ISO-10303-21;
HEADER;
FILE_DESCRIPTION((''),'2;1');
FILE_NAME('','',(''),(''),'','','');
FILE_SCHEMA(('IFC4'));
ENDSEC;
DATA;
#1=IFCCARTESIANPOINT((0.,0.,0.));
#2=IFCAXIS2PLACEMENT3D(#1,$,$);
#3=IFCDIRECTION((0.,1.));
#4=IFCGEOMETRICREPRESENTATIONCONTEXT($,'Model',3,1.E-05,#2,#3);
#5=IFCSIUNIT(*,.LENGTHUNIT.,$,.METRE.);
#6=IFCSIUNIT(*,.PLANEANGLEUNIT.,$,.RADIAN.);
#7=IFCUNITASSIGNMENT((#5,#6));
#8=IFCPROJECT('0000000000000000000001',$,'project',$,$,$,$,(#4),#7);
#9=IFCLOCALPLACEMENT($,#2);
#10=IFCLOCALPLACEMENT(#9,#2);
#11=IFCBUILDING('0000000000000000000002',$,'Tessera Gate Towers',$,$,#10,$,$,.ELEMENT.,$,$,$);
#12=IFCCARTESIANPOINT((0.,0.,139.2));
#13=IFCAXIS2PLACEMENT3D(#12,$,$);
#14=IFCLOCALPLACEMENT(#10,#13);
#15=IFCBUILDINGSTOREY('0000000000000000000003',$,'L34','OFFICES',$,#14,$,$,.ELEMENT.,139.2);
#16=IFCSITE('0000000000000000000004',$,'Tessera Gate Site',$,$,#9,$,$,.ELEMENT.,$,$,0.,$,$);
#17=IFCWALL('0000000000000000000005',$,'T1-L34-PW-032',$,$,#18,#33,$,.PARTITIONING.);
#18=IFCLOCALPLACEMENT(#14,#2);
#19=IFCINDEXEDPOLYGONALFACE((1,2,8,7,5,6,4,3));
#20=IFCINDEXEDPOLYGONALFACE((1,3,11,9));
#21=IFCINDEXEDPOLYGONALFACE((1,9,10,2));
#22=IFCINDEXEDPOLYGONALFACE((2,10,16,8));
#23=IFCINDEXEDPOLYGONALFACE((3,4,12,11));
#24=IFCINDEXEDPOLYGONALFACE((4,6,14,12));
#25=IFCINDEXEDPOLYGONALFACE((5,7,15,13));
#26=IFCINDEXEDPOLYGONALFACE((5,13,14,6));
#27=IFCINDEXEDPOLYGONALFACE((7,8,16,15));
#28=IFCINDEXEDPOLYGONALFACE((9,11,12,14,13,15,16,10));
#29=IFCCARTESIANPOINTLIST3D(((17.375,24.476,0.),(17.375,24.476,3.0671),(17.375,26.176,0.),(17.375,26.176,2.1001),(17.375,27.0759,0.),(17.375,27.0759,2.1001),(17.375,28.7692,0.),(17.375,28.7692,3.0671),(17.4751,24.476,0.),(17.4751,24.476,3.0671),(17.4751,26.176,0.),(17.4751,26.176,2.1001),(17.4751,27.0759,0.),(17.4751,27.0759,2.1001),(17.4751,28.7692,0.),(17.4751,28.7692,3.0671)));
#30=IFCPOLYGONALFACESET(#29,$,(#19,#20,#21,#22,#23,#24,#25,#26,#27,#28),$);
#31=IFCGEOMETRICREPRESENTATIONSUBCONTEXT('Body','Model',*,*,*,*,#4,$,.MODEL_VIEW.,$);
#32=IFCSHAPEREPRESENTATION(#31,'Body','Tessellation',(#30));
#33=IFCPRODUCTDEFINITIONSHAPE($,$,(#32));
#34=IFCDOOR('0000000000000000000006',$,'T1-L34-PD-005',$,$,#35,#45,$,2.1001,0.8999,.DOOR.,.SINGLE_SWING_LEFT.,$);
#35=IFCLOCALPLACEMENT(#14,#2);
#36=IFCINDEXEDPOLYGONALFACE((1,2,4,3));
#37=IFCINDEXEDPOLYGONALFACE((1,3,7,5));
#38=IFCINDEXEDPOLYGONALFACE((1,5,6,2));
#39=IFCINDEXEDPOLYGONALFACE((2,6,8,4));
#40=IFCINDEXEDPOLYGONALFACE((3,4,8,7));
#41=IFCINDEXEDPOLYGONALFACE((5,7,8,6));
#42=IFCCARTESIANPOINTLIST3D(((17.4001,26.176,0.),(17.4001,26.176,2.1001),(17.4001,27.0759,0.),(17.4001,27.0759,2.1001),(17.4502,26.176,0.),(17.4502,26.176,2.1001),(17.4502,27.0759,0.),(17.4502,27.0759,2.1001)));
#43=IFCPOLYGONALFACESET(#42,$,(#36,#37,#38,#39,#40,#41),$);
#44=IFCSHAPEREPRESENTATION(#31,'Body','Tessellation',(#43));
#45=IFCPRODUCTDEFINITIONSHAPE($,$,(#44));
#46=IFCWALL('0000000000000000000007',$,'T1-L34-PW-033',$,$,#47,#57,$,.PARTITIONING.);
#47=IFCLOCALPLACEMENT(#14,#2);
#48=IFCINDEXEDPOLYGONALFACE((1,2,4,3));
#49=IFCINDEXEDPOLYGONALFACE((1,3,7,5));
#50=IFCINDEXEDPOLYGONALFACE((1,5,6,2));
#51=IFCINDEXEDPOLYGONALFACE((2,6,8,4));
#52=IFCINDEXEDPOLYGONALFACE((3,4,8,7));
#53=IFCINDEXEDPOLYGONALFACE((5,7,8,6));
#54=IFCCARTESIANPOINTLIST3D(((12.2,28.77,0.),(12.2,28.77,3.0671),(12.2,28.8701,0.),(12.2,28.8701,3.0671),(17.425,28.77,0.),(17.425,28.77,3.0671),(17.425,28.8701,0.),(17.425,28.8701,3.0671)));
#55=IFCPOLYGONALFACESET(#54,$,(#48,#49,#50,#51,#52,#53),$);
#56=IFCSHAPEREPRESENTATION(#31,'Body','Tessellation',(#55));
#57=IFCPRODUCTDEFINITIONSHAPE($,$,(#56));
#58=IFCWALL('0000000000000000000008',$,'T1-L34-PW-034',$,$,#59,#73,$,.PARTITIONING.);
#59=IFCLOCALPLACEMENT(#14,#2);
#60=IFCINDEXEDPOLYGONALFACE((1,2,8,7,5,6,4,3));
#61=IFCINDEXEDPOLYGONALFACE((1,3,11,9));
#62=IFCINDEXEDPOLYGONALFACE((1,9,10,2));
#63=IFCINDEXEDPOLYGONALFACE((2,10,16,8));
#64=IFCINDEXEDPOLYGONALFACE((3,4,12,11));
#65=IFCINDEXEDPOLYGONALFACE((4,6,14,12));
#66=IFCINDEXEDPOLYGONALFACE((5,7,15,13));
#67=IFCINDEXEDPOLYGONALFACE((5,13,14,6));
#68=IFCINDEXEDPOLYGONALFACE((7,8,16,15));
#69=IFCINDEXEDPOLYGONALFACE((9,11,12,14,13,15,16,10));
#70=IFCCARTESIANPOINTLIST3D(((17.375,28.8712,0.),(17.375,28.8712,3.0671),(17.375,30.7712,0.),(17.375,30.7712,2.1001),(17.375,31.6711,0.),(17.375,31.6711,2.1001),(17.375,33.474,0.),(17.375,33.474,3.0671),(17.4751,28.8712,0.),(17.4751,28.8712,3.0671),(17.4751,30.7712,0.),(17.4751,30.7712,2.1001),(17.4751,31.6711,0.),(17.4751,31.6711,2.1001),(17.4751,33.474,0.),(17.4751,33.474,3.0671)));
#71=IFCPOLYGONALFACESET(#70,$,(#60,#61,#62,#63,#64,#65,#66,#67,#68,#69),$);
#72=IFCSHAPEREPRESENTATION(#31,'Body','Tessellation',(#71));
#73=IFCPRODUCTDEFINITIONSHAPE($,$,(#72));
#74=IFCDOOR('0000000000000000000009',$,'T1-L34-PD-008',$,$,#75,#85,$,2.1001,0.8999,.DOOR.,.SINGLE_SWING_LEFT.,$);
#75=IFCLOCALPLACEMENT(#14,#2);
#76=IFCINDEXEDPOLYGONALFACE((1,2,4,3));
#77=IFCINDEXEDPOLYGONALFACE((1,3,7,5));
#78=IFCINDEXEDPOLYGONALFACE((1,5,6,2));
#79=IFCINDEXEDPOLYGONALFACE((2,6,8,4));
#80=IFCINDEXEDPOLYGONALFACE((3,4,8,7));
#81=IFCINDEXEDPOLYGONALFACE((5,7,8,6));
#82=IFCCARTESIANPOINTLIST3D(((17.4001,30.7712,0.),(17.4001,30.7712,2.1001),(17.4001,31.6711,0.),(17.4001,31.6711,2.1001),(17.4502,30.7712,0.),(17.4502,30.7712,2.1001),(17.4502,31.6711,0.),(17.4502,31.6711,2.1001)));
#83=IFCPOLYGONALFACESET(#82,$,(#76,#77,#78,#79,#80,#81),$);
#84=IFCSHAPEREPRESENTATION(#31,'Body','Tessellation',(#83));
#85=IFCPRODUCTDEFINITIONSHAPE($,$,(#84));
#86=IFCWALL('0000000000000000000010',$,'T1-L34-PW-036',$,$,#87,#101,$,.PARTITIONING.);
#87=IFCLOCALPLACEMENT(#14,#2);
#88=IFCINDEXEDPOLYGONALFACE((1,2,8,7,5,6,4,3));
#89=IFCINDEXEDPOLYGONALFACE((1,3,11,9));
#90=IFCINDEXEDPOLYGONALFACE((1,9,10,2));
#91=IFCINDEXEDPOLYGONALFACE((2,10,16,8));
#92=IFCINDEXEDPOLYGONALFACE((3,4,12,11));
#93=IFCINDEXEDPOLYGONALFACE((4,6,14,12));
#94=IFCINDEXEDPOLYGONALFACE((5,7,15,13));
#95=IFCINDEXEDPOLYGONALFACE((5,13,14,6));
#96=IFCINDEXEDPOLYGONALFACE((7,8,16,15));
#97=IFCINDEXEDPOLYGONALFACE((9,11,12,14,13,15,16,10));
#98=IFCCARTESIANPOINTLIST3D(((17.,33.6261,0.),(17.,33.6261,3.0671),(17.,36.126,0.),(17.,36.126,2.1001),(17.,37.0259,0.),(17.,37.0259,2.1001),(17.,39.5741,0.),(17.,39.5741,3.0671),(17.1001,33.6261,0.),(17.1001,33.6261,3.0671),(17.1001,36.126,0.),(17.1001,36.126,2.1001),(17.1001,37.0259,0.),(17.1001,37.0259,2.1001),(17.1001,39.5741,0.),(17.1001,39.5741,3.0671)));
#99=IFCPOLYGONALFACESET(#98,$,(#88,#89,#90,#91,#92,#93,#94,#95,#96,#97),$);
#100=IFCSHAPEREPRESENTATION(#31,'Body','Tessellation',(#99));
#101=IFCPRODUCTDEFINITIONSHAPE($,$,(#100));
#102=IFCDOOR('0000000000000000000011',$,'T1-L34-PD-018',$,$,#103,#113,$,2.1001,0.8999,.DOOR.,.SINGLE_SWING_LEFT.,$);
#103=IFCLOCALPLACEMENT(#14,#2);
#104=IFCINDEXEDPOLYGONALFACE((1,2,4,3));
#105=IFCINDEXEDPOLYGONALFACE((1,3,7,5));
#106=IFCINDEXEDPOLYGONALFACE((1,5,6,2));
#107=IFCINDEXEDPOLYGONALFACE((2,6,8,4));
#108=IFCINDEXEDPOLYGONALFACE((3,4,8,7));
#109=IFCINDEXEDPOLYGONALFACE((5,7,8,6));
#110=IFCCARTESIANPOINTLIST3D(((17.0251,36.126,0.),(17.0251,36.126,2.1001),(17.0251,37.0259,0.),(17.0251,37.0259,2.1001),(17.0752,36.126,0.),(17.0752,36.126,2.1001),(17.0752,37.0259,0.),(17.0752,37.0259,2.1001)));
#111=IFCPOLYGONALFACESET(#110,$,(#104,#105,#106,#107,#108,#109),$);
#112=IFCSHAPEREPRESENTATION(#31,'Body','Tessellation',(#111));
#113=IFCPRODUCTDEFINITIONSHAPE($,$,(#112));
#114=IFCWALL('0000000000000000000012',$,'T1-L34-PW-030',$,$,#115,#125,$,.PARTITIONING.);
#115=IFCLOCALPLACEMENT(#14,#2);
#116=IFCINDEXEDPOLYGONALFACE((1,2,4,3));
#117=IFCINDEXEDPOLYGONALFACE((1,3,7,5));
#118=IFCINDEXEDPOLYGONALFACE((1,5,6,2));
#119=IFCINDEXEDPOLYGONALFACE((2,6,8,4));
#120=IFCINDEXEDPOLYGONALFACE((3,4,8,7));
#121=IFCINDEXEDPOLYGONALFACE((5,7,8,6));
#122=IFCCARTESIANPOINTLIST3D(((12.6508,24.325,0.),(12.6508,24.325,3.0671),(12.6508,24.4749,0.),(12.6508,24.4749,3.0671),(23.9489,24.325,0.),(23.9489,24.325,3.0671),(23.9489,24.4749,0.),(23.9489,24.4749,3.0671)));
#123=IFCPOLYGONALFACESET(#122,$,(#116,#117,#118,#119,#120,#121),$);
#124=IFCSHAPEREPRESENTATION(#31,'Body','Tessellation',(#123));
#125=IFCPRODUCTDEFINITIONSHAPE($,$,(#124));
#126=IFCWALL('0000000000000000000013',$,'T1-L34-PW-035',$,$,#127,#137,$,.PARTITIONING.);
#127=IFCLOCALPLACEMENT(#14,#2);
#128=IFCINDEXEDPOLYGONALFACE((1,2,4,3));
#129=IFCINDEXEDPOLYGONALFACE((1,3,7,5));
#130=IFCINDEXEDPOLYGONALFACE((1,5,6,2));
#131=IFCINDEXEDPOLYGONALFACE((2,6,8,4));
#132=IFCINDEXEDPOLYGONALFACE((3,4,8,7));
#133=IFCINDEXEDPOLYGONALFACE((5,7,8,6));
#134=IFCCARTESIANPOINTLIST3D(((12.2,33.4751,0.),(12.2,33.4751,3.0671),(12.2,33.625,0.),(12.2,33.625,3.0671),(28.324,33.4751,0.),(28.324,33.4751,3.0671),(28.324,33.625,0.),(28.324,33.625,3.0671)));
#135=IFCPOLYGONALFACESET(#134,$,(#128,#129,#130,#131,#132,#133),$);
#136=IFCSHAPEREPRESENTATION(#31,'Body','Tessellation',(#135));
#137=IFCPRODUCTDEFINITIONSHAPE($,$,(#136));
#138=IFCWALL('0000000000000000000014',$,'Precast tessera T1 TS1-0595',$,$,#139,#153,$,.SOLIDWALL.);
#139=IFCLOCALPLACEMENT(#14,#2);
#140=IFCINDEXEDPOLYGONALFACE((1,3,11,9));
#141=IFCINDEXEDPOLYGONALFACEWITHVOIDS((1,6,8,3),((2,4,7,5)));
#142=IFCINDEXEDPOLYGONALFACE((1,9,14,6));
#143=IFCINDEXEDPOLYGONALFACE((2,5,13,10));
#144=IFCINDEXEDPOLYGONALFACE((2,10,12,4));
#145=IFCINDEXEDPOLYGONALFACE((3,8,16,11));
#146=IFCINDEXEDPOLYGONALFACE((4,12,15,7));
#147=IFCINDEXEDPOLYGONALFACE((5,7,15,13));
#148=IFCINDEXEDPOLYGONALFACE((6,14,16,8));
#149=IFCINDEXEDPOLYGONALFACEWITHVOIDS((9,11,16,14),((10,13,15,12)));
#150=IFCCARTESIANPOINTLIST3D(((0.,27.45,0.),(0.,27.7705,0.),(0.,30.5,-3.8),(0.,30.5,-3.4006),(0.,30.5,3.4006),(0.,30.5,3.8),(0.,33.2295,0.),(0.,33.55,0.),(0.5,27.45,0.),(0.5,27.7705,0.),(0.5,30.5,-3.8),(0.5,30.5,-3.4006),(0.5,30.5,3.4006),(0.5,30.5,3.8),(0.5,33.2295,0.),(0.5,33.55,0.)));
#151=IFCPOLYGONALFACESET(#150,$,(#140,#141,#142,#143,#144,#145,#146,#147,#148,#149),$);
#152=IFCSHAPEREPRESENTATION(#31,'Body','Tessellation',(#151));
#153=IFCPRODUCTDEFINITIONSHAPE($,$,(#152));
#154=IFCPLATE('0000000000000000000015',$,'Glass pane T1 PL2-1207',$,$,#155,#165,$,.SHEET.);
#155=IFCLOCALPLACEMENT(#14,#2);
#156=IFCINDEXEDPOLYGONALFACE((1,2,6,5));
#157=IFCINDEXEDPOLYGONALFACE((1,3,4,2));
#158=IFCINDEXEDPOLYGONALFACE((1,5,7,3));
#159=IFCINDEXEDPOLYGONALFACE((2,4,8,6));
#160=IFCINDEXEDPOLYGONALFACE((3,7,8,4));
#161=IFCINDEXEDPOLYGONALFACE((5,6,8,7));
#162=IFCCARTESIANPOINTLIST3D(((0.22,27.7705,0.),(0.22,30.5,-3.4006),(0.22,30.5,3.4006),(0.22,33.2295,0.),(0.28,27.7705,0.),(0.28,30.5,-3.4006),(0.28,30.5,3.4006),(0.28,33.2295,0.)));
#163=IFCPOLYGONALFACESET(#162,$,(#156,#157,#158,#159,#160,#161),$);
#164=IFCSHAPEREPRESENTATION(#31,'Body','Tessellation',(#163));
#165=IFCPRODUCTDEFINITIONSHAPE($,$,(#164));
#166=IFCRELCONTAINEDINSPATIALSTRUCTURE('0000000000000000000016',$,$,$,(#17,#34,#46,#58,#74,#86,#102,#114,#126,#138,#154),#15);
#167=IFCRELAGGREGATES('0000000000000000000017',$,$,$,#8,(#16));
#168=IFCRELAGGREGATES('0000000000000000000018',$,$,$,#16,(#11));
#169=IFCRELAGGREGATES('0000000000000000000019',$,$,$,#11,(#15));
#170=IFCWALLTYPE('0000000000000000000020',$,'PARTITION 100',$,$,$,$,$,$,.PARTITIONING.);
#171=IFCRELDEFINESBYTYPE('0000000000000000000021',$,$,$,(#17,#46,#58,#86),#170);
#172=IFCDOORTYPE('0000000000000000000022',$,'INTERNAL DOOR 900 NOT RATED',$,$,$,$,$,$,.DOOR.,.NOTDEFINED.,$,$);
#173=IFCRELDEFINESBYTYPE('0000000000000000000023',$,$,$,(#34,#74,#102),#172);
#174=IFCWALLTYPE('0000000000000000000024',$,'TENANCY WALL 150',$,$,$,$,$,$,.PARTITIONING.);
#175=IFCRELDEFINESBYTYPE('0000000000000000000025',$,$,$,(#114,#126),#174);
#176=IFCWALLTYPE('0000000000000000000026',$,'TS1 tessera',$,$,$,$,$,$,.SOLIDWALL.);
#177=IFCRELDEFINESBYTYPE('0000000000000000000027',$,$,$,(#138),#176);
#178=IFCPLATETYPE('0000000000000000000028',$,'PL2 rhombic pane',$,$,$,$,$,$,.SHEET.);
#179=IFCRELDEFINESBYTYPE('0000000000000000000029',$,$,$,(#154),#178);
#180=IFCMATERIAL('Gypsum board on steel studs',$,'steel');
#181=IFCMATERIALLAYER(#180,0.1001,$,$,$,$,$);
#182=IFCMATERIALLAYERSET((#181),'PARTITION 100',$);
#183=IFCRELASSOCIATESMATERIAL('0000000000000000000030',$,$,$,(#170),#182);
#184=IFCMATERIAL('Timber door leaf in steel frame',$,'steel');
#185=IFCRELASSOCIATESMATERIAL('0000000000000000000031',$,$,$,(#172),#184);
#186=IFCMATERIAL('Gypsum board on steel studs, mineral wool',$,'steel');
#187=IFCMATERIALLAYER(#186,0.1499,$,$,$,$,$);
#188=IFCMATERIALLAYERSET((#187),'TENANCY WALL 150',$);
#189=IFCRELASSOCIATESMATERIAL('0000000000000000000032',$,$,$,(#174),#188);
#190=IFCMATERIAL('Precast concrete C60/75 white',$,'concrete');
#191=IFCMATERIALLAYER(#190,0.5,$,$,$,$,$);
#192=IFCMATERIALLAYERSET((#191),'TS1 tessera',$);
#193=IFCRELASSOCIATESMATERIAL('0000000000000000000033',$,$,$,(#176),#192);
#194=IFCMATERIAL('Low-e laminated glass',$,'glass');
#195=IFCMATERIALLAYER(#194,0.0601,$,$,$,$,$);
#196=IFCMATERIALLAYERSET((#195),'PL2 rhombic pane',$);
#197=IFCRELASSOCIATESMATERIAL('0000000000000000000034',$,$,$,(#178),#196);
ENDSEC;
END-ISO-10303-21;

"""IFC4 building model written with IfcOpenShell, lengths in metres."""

from ifc_helpers import new_model, si_unit, direction, frame, frame_2d, origin, place, context, subcontext, project, spatial, polyline, rectangle, outline, extrude, source, transform, mapped, material, layer, layer_set, type_object, element, fill, save


model = new_model("IFC4")

# Units and contexts
model_context = context("Model", 3, precision=1e-05, world=origin(), true_north=direction((0.0, 1.0)))
body_context = subcontext(model_context, "Body", "Model", "MODEL_VIEW")
ifc_project = project(units=[si_unit("LENGTHUNIT", "METRE"), si_unit("PLANEANGLEUNIT", "RADIAN")], contexts=[model_context])

# Site, building, storey
site_placement = place(None, origin())
site = spatial("IfcSite", under=ifc_project, at=site_placement, Name="Tessera Gate Site", CompositionType="ELEMENT", RefElevation=0.0)
building_placement = place(site_placement, origin())
building = spatial("IfcBuilding", under=site, at=building_placement, Name="Tessera Gate Towers", CompositionType="ELEMENT")
storey_placement = place(building_placement, frame((0.0, 0.0, 139.2)))
storey = spatial("IfcBuildingStorey", under=building, at=storey_placement, Name="L34", Description="OFFICES", CompositionType="ELEMENT", Elevation=139.2)

# Wall, opening, door
shared_shape_1 = source(origin(), body_context, "Body", "SweptSolid", [
    extrude(rectangle(XDim=0.8999, YDim=2.1001, at=frame_2d((0.45, 1.05))), frame((0.0, 0.0601, 0.0), z_axis=(0.0, -1.0, 0.0), x_axis=(1.0, 0.0, 0.0)), (0.0, 0.0, 1.0), 0.1201),
])
shared_shape_2 = source(origin(), body_context, "Body", "SweptSolid", [
    extrude(rectangle(XDim=0.8999, YDim=2.1001, at=frame_2d((0.45, 1.05))), frame((0.0, 0.0249, 0.0), z_axis=(0.0, -1.0, 0.0), x_axis=(1.0, 0.0, 0.0)), (0.0, 0.0, 1.0), 0.05),
])
ifc_material_1 = material(Name="Gypsum board on steel studs", Category="steel")
ifc_layer_1 = layer(ifc_material_1, 0.1001)
ifc_layer_set_1 = layer_set([ifc_layer_1], Name="PARTITION 100")
wall_type_1 = type_object("IfcWallType", Name="PARTITION 100", PredefinedType="PARTITIONING", material=ifc_layer_set_1)
wall_1_placement = place(storey_placement, frame((17.425, 24.4761, 0.0), z_axis=(0.0, 0.0, 1.0), x_axis=(0.0, 1.0, 0.0)))
wall_1 = element("IfcWall", 1, at=wall_1_placement, inside=storey, type_object=wall_type_1, Name="T1-L34-PW-032", PredefinedType="PARTITIONING", context=body_context, shape_type="SweptSolid", body=[
    extrude(rectangle(XDim=4.2932, YDim=0.1001, at=frame_2d((2.1465, 0.0))), origin(), (0.0, 0.0, 1.0), 3.0671),
])
opening_1_placement = place(wall_1_placement, frame((1.7, 0.0, 0.0)))
opening_1 = element("IfcOpeningElement", 2, at=opening_1_placement, cuts=wall_1, PredefinedType="OPENING", context=body_context, shape_type="MappedRepresentation", body=[
    mapped(shared_shape_1, transform((0.0, 0.0, 0.0), scale=1.0)),
])
ifc_material_2 = material(Name="Timber door leaf in steel frame", Category="steel")
door_type_1 = type_object("IfcDoorType", Name="INTERNAL DOOR 900 NOT RATED", OperationType="NOTDEFINED", PredefinedType="DOOR", material=ifc_material_2)
door_1_placement = place(opening_1_placement, origin())
door_1 = element("IfcDoor", 3, at=door_1_placement, inside=storey, type_object=door_type_1, Name="T1-L34-PD-005", OperationType="SINGLE_SWING_LEFT", OverallHeight=2.1001, OverallWidth=0.8999, PredefinedType="DOOR", context=body_context, shape_type="MappedRepresentation", body=[
    mapped(shared_shape_2, transform((0.0, 0.0, 0.0), scale=1.0)),
])
fill(opening_1, door_1)

# Wall
wall_2_placement = place(storey_placement, frame((12.2, 28.8201, 0.0), z_axis=(0.0, 0.0, 1.0), x_axis=(1.0, 0.0, 0.0)))
element("IfcWall", 4, at=wall_2_placement, inside=storey, type_object=wall_type_1, Name="T1-L34-PW-033", PredefinedType="PARTITIONING", context=body_context, shape_type="SweptSolid", body=[
    extrude(rectangle(XDim=5.2251, YDim=0.1001, at=frame_2d((2.6125, 0.0))), origin(), (0.0, 0.0, 1.0), 3.0671),
])

# Walls, openings, doors
wall_3_placement = place(storey_placement, frame((17.425, 28.8713, 0.0), z_axis=(0.0, 0.0, 1.0), x_axis=(0.0, 1.0, 0.0)))
wall_3 = element("IfcWall", 5, at=wall_3_placement, inside=storey, type_object=wall_type_1, Name="T1-L34-PW-034", PredefinedType="PARTITIONING", context=body_context, shape_type="SweptSolid", body=[
    extrude(rectangle(XDim=4.6028, YDim=0.1001, at=frame_2d((2.3013, 0.0))), origin(), (0.0, 0.0, 1.0), 3.0671),
])
opening_2_placement = place(wall_3_placement, frame((1.8999, 0.0, 0.0)))
opening_2 = element("IfcOpeningElement", 6, at=opening_2_placement, cuts=wall_3, PredefinedType="OPENING", context=body_context, shape_type="MappedRepresentation", body=[
    mapped(shared_shape_1, transform((0.0, 0.0, 0.0), scale=1.0)),
])
door_2_placement = place(opening_2_placement, origin())
door_2 = element("IfcDoor", 7, at=door_2_placement, inside=storey, type_object=door_type_1, Name="T1-L34-PD-008", OperationType="SINGLE_SWING_LEFT", OverallHeight=2.1001, OverallWidth=0.8999, PredefinedType="DOOR", context=body_context, shape_type="MappedRepresentation", body=[
    mapped(shared_shape_2, transform((0.0, 0.0, 0.0), scale=1.0)),
])
fill(opening_2, door_2)
wall_4_placement = place(storey_placement, frame((17.05, 33.626, 0.0), z_axis=(0.0, 0.0, 1.0), x_axis=(0.0, 1.0, 0.0)))
wall_4 = element("IfcWall", 8, at=wall_4_placement, inside=storey, type_object=wall_type_1, Name="T1-L34-PW-036", PredefinedType="PARTITIONING", context=body_context, shape_type="SweptSolid", body=[
    extrude(rectangle(XDim=5.948, YDim=0.1001, at=frame_2d((2.9741, 0.0))), origin(), (0.0, 0.0, 1.0), 3.0671),
])
opening_3_placement = place(wall_4_placement, frame((2.5, 0.0, 0.0)))
opening_3 = element("IfcOpeningElement", 9, at=opening_3_placement, cuts=wall_4, PredefinedType="OPENING", context=body_context, shape_type="MappedRepresentation", body=[
    mapped(shared_shape_1, transform((0.0, 0.0, 0.0), scale=1.0)),
])
door_3_placement = place(opening_3_placement, origin())
door_3 = element("IfcDoor", 10, at=door_3_placement, inside=storey, type_object=door_type_1, Name="T1-L34-PD-018", OperationType="SINGLE_SWING_LEFT", OverallHeight=2.1001, OverallWidth=0.8999, PredefinedType="DOOR", context=body_context, shape_type="MappedRepresentation", body=[
    mapped(shared_shape_2, transform((0.0, 0.0, 0.0), scale=1.0)),
])
fill(opening_3, door_3)

# Walls
ifc_material_3 = material(Name="Gypsum board on steel studs, mineral wool", Category="steel")
ifc_layer_2 = layer(ifc_material_3, 0.1499)
ifc_layer_set_2 = layer_set([ifc_layer_2], Name="TENANCY WALL 150")
wall_type_2 = type_object("IfcWallType", Name="TENANCY WALL 150", PredefinedType="PARTITIONING", material=ifc_layer_set_2)
wall_5_placement = place(storey_placement, frame((12.6509, 24.3999, 0.0), z_axis=(0.0, 0.0, 1.0), x_axis=(1.0, 0.0, 0.0)))
element("IfcWall", 11, at=wall_5_placement, inside=storey, type_object=wall_type_2, Name="T1-L34-PW-030", PredefinedType="PARTITIONING", context=body_context, shape_type="SweptSolid", body=[
    extrude(rectangle(XDim=11.2981, YDim=0.1499, at=frame_2d((5.6489, 0.0))), origin(), (0.0, 0.0, 1.0), 3.0671),
])
wall_6_placement = place(storey_placement, frame((12.2, 33.55, 0.0), z_axis=(0.0, 0.0, 1.0), x_axis=(1.0, 0.0, 0.0)))
element("IfcWall", 12, at=wall_6_placement, inside=storey, type_object=wall_type_2, Name="T1-L34-PW-035", PredefinedType="PARTITIONING", context=body_context, shape_type="SweptSolid", body=[
    extrude(rectangle(XDim=16.124, YDim=0.1499, at=frame_2d((8.062, 0.0))), origin(), (0.0, 0.0, 1.0), 3.0671),
])

# Wall, opening, plate
ifc_material_4 = material(Name="Precast concrete C60/75 white", Category="concrete")
ifc_layer_3 = layer(ifc_material_4, 0.5)
ifc_layer_set_3 = layer_set([ifc_layer_3], Name="TS1 tessera")
wall_type_3 = type_object("IfcWallType", Name="TS1 tessera", PredefinedType="SOLIDWALL", material=ifc_layer_set_3)
shared_shape_3 = source(origin(), body_context, "Body", "SweptSolid", [
    extrude(outline(polyline([(3.05, 0.0), (6.1001, 3.8), (3.05, 7.6001), (0.0, 3.8), (3.05, 0.0)])), frame((0.0, 0.25, 0.0), z_axis=(0.0, -1.0, 0.0), x_axis=(1.0, 0.0, 0.0)), (0.0, 0.0, 1.0), 0.5),
])
wall_7_placement = place(storey_placement, frame((0.25, 33.55, -3.8), z_axis=(0.0, 0.0, 1.0), x_axis=(0.0, -1.0, 0.0)))
wall_7 = element("IfcWall", 13, at=wall_7_placement, inside=storey, type_object=wall_type_3, Name="Precast tessera T1 TS1-0595", PredefinedType="SOLIDWALL", context=body_context, shape_type="MappedRepresentation", body=[
    mapped(shared_shape_3, transform((0.0, 0.0, 0.0), scale=1.0)),
])
shared_shape_4 = source(origin(), body_context, "Body", "SweptSolid", [
    extrude(outline(polyline([(3.05, 0.3994), (5.7795, 3.8), (3.05, 7.2007), (0.3206, 3.8), (3.05, 0.3994)])), frame((0.0, 0.26, 0.0), z_axis=(0.0, -1.0, 0.0), x_axis=(1.0, 0.0, 0.0)), (0.0, 0.0, 1.0), 0.52),
])
opening_4_placement = place(wall_7_placement, origin())
opening_4 = element("IfcOpeningElement", 14, at=opening_4_placement, cuts=wall_7, PredefinedType="OPENING", context=body_context, shape_type="MappedRepresentation", body=[
    mapped(shared_shape_4, transform((0.0, 0.0, 0.0), scale=1.0)),
])
ifc_material_5 = material(Name="Low-e laminated glass", Category="glass")
ifc_layer_4 = layer(ifc_material_5, 0.0601)
ifc_layer_set_4 = layer_set([ifc_layer_4], Name="PL2 rhombic pane")
plate_type = type_object("IfcPlateType", Name="PL2 rhombic pane", PredefinedType="SHEET", material=ifc_layer_set_4)
shared_shape_5 = source(origin(), body_context, "Body", "SweptSolid", [
    extrude(outline(polyline([(3.05, 0.3994), (5.7795, 3.8), (3.05, 7.2007), (0.3206, 3.8), (3.05, 0.3994)])), frame((0.0, 0.03, 0.0), z_axis=(0.0, -1.0, 0.0), x_axis=(1.0, 0.0, 0.0)), (0.0, 0.0, 1.0), 0.0601),
])
plate_placement = place(opening_4_placement, origin())
plate = element("IfcPlate", 15, at=plate_placement, inside=storey, type_object=plate_type, Name="Glass pane T1 PL2-1207", PredefinedType="SHEET", context=body_context, shape_type="MappedRepresentation", body=[
    mapped(shared_shape_5, transform((0.0, 0.0, 0.0), scale=1.0)),
])
fill(opening_4, plate)

save(model, "model.ifc")
